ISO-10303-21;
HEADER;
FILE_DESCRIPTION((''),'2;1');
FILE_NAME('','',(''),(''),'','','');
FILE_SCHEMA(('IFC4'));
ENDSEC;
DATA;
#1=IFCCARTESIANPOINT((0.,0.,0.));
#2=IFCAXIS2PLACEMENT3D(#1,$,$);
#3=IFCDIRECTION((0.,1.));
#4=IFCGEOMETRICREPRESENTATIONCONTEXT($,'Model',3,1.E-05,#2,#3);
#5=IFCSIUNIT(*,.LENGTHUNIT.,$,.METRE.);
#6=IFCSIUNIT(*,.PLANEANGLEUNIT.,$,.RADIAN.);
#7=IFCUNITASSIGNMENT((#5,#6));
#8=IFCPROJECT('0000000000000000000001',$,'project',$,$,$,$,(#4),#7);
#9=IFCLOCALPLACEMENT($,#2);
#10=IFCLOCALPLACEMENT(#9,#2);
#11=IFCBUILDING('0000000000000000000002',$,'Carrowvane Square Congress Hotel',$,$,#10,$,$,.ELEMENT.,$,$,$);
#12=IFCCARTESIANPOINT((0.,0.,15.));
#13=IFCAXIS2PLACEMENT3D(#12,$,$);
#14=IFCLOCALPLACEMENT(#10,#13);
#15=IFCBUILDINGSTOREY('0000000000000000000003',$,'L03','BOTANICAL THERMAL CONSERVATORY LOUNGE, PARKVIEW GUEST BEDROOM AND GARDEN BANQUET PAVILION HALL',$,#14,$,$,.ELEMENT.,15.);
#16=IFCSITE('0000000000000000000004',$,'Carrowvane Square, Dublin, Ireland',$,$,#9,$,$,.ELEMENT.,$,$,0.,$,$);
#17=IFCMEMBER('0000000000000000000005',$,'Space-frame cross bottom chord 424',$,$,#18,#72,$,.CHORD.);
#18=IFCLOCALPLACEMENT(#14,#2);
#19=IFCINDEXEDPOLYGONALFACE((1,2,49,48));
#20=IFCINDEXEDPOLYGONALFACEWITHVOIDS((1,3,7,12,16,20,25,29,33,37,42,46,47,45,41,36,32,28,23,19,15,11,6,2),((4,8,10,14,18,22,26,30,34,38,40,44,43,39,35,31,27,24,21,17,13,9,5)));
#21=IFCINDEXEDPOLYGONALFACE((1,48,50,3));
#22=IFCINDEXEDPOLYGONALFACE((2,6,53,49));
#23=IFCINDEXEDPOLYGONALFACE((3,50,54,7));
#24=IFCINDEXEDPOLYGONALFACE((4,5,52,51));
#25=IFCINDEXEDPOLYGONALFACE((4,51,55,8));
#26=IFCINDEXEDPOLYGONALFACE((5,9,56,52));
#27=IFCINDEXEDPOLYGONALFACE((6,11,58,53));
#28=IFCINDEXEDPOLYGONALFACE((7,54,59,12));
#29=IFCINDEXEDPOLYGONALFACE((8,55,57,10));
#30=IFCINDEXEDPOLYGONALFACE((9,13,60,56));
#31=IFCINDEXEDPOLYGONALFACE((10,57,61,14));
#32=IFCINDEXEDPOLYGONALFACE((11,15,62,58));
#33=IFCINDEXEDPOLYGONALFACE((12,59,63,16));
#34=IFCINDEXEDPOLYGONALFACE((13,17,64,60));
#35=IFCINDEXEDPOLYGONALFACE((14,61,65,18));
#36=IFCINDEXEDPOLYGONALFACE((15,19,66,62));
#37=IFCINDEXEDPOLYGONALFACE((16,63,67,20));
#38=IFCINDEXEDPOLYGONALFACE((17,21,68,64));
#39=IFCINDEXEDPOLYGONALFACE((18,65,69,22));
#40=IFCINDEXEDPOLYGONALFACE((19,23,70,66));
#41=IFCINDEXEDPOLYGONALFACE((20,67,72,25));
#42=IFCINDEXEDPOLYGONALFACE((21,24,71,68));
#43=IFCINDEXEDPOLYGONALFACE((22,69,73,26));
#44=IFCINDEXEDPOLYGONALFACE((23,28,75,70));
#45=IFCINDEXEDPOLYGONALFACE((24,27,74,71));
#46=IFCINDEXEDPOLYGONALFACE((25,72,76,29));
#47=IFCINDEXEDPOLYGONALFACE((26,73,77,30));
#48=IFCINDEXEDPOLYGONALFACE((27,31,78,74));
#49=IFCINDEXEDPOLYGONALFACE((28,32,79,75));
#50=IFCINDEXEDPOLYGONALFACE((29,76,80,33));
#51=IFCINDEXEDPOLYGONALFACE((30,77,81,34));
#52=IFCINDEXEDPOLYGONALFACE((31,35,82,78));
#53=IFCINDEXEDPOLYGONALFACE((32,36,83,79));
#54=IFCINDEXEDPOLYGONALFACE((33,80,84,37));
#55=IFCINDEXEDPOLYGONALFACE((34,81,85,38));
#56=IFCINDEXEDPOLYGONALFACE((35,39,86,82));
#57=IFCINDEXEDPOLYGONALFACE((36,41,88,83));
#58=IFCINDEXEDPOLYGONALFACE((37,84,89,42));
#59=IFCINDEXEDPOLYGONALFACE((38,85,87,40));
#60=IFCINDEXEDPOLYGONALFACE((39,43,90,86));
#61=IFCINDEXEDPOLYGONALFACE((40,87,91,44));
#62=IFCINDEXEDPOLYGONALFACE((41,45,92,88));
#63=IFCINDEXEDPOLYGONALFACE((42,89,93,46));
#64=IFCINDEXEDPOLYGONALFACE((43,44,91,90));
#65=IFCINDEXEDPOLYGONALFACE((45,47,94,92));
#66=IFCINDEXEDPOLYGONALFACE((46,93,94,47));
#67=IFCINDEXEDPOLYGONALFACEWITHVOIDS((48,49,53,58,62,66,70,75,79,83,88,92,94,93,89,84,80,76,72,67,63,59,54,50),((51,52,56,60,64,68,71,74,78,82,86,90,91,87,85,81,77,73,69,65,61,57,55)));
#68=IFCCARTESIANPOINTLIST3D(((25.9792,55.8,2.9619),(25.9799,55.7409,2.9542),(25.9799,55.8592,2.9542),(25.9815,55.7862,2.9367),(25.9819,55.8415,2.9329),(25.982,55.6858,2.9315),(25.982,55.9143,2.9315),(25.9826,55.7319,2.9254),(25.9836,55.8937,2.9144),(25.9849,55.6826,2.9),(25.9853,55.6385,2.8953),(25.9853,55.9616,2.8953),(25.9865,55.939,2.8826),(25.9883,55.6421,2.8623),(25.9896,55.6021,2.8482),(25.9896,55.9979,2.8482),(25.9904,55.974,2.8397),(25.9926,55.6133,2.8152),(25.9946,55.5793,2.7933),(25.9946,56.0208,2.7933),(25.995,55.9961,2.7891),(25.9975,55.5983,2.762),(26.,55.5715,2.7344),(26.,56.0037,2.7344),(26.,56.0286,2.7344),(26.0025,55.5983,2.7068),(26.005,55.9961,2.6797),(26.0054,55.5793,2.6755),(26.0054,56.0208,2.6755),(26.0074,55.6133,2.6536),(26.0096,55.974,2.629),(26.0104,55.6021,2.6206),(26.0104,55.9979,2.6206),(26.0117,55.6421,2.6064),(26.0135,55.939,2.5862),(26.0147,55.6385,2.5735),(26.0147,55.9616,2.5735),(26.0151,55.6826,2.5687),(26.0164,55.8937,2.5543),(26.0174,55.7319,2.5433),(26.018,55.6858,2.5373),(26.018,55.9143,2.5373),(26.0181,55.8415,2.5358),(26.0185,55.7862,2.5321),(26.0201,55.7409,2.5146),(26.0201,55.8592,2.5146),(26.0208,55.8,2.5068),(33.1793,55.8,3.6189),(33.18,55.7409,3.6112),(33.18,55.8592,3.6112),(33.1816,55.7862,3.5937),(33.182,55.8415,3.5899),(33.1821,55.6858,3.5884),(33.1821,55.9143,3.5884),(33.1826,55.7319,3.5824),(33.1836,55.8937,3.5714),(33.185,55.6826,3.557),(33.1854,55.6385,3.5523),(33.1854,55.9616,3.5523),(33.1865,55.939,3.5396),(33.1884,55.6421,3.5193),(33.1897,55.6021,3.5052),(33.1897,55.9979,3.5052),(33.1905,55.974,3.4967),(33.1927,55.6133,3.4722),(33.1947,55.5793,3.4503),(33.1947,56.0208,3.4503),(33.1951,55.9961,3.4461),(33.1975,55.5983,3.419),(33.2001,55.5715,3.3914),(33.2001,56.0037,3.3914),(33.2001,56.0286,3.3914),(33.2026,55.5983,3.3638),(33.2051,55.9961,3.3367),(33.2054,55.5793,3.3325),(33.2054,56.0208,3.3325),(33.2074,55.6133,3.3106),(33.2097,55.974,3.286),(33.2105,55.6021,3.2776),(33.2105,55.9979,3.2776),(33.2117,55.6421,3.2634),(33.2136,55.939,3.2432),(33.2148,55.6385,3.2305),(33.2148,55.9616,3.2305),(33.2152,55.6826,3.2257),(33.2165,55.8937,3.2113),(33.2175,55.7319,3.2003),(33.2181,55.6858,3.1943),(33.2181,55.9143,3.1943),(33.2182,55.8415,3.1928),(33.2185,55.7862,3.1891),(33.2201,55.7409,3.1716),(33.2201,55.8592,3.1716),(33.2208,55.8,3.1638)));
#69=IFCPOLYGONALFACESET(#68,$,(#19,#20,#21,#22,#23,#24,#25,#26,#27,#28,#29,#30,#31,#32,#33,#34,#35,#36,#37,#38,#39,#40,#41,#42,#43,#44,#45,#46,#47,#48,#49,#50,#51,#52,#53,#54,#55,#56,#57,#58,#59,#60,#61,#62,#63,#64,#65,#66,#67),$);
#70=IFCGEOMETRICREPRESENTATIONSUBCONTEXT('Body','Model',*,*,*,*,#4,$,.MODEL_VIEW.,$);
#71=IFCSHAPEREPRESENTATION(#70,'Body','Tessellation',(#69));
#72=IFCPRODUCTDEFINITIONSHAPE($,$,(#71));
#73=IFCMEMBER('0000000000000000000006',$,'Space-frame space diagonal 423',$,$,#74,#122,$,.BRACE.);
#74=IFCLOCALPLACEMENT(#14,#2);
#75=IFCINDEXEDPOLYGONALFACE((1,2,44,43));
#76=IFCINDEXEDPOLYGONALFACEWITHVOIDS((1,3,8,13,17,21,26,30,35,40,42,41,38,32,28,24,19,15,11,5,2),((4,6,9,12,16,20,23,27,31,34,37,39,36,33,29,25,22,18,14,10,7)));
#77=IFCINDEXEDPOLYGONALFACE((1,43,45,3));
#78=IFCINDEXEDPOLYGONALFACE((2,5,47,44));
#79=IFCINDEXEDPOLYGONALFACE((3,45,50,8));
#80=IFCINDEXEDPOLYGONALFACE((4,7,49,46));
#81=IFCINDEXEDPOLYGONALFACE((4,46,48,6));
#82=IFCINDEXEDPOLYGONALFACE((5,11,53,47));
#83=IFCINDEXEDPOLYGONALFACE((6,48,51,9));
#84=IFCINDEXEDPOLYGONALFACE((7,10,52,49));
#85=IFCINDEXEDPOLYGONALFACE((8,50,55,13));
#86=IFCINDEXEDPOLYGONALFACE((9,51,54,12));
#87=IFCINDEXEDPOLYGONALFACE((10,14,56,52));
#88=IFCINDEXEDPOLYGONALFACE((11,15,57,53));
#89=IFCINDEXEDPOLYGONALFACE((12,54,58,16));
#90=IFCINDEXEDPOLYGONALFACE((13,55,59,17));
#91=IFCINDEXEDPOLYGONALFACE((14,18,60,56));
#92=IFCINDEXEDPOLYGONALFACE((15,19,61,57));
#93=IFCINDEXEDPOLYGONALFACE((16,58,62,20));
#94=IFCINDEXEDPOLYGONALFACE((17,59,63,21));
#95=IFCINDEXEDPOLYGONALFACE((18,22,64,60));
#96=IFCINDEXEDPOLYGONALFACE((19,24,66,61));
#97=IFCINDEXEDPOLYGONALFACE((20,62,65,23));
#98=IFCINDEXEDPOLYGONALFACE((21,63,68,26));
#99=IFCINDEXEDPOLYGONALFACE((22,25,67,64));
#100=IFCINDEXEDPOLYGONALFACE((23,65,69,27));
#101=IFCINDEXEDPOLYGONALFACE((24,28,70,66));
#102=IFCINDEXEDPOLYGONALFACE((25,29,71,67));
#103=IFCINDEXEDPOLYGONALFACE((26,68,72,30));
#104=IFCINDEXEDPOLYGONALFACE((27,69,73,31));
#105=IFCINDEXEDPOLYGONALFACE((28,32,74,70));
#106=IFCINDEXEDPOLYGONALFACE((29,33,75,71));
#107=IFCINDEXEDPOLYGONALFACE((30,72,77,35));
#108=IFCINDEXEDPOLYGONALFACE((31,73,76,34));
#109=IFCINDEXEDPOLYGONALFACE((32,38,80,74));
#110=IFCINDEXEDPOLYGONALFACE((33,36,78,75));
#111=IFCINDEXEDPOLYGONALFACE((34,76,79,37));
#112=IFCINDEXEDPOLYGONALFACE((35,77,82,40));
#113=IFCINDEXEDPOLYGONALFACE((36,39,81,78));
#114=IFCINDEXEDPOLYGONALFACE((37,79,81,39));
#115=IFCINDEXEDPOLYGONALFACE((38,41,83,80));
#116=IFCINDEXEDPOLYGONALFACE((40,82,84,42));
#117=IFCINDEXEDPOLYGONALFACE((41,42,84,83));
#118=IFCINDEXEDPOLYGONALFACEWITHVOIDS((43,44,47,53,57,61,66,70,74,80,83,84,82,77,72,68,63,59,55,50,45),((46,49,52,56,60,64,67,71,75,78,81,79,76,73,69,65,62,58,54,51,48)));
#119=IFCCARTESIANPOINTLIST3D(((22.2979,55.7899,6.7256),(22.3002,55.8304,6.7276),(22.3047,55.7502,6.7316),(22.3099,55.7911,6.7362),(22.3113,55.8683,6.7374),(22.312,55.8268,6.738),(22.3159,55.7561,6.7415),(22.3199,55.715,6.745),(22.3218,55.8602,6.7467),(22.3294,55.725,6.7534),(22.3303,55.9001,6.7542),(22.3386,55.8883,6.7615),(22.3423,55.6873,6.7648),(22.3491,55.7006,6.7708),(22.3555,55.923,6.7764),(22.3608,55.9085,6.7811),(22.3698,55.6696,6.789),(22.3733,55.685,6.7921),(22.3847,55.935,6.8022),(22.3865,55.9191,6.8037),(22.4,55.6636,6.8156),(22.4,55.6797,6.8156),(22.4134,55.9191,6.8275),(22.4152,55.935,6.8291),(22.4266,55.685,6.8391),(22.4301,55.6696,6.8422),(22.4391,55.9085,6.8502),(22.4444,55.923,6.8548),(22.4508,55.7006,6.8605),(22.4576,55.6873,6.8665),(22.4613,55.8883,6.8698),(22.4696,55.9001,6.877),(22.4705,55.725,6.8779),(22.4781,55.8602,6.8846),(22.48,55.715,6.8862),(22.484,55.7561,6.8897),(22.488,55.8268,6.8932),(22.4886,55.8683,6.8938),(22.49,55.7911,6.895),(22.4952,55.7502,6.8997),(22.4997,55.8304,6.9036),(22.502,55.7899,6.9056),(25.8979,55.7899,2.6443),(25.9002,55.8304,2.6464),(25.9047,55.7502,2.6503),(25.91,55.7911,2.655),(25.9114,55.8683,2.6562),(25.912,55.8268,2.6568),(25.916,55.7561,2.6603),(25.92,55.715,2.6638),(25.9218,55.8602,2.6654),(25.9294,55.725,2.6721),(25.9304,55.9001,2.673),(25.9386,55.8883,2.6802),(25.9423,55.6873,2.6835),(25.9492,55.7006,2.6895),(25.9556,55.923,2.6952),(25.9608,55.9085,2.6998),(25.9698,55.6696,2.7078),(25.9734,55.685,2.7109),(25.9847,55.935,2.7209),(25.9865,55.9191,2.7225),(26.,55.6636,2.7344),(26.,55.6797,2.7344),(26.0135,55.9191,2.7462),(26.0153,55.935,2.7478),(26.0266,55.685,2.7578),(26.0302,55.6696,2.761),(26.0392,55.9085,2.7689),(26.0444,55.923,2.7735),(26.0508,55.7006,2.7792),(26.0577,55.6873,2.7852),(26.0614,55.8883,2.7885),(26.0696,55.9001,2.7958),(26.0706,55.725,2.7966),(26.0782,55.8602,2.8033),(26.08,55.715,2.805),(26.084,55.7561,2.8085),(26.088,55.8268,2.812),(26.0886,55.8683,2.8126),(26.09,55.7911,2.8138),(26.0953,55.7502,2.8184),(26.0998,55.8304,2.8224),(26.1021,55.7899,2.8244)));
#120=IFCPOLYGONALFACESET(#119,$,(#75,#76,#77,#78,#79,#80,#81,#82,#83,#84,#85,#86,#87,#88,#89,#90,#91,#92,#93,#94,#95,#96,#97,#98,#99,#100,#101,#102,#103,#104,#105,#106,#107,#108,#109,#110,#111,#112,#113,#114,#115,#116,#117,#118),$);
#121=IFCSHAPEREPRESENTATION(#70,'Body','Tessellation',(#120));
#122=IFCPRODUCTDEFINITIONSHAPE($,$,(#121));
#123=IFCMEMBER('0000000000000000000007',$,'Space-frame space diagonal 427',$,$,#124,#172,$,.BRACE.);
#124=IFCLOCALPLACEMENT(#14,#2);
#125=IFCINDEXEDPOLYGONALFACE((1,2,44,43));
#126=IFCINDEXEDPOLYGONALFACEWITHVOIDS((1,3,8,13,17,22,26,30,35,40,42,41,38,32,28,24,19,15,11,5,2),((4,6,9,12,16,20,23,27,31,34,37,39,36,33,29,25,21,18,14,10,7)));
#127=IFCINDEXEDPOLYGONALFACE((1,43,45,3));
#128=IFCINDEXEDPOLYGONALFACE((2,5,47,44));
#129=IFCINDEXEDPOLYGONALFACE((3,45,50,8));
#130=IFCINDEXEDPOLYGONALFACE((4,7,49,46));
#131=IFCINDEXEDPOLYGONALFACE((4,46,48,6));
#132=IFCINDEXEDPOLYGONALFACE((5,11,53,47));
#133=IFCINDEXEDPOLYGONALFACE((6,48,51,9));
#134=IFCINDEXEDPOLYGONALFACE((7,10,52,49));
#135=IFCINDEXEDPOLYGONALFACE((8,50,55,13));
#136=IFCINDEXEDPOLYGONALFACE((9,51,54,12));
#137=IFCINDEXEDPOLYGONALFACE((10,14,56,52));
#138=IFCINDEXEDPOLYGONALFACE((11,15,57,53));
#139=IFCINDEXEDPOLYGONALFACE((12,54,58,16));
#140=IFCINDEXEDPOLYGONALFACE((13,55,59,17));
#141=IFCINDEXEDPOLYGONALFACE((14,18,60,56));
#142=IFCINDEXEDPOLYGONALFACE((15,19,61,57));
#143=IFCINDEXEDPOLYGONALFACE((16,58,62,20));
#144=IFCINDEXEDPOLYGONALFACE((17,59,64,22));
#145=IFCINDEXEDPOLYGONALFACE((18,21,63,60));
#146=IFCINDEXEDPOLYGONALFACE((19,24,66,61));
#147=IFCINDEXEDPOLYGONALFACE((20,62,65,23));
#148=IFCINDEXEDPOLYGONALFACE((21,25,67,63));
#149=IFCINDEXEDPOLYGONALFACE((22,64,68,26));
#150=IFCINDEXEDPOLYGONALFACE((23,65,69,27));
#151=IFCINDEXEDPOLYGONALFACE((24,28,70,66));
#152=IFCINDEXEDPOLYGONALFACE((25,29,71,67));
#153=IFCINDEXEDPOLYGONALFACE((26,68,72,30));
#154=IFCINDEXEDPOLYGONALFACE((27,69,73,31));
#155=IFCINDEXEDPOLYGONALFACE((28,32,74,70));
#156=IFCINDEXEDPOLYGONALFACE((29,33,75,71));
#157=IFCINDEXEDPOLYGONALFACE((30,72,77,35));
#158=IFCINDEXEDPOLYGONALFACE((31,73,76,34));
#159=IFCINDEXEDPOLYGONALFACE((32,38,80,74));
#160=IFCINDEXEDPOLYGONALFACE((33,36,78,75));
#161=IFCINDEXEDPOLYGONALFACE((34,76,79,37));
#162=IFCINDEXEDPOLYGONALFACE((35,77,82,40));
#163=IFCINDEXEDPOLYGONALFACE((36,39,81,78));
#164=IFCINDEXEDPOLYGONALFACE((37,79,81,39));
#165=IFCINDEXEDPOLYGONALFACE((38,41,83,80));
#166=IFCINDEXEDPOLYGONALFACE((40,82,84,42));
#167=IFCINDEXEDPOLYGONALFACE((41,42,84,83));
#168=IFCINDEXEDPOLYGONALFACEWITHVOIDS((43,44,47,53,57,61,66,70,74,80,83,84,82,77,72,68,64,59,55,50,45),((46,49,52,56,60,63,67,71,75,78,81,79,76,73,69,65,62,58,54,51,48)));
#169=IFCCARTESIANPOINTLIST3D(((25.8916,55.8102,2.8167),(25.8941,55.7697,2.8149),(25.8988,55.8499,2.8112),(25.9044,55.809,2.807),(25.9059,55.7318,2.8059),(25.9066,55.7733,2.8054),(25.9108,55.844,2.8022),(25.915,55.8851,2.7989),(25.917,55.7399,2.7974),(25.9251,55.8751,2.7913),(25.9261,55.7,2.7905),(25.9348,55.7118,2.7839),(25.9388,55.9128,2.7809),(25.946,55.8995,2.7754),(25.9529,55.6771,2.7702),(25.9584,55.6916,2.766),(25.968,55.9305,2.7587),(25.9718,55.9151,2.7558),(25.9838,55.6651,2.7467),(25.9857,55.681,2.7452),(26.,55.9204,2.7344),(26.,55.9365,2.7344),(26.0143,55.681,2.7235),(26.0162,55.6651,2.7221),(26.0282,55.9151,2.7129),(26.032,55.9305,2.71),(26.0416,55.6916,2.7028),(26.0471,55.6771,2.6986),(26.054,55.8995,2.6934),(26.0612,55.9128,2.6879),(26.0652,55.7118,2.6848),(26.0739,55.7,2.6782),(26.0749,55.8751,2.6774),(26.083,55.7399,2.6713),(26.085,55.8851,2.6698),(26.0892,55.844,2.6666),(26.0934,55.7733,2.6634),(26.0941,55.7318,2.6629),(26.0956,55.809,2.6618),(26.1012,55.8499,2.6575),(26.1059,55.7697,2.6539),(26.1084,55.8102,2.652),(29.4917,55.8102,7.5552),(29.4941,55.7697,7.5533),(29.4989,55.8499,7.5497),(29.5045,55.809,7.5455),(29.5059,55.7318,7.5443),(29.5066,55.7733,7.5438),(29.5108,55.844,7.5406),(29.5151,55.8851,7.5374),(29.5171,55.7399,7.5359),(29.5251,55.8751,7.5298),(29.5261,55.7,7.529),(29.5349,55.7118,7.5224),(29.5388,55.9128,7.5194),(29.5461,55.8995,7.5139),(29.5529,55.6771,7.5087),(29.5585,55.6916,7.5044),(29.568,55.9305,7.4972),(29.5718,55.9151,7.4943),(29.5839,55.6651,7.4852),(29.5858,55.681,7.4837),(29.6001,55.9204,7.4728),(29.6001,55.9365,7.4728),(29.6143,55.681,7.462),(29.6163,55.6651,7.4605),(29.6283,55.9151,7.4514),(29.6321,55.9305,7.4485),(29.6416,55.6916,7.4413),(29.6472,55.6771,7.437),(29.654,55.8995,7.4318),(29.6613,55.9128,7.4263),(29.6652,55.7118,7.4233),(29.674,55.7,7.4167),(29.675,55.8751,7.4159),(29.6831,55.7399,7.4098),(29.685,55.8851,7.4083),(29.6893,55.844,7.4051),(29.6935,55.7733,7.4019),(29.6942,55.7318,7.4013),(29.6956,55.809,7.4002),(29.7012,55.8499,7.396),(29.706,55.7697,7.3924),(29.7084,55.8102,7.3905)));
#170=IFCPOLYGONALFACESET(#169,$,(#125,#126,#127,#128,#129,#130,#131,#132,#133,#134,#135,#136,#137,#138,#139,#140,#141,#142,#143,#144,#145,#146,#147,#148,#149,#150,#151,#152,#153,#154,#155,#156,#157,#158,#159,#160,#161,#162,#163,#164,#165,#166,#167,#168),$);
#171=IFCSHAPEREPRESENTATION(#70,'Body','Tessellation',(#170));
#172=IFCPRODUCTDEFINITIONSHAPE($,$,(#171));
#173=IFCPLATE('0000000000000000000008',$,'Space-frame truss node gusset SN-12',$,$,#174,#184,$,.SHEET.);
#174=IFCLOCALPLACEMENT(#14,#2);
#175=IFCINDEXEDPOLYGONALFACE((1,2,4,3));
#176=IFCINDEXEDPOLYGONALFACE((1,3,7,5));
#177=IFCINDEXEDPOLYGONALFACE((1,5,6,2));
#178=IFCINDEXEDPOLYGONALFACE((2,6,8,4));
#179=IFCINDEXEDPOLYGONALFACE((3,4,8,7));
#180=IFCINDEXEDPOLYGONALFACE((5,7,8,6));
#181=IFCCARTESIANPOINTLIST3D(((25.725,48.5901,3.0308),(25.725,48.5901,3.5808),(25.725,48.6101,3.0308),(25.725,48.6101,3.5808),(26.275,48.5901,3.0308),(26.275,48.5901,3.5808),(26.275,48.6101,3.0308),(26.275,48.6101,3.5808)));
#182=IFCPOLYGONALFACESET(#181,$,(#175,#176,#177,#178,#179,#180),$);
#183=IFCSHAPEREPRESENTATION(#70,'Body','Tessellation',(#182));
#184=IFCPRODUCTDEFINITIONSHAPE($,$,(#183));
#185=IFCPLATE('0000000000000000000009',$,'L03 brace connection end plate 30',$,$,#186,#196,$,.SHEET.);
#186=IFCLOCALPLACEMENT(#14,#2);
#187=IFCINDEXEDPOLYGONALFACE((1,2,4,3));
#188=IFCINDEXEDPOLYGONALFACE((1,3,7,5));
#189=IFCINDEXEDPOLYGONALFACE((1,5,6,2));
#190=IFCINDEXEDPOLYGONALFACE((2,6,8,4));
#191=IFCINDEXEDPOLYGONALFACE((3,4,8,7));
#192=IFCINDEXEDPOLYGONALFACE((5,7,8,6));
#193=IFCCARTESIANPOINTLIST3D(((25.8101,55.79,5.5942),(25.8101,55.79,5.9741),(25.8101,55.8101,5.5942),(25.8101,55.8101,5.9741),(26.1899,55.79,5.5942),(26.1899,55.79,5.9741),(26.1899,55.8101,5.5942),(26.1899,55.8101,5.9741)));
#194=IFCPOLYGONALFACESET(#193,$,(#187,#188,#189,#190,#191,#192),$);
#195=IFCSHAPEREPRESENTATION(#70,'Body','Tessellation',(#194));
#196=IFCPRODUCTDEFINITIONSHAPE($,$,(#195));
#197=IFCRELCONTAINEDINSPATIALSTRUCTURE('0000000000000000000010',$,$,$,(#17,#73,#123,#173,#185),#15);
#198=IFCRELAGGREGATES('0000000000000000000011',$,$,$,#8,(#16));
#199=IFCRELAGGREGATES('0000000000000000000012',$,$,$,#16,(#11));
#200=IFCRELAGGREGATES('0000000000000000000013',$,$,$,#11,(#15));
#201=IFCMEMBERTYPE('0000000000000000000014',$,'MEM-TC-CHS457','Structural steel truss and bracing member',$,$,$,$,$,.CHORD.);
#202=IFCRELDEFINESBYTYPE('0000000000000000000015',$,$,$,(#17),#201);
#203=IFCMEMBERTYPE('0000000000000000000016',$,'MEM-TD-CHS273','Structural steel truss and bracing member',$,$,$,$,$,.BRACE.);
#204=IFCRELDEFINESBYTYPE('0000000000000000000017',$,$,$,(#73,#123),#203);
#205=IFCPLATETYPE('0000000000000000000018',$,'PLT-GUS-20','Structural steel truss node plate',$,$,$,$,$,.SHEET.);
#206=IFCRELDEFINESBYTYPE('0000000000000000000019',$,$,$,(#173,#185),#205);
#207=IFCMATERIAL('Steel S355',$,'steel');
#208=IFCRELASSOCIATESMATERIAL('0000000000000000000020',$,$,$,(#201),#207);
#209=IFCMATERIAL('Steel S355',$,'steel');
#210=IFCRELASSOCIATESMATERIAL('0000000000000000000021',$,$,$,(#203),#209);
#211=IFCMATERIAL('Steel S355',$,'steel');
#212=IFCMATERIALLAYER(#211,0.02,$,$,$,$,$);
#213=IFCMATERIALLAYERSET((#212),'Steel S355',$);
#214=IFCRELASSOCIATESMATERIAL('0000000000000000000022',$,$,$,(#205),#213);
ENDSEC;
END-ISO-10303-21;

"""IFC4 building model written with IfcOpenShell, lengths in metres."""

from ifc_helpers import new_model, si_unit, direction, frame, origin, origin_2d, place, context, subcontext, project, spatial, rectangle, hollow_circle, extrude, material, layer, layer_set, material_profile, profile_set, type_object, element, save


model = new_model("IFC4")

# Units and contexts
model_context = context("Model", 3, precision=1e-05, world=origin(), true_north=direction((0.0, 1.0)))
body_context = subcontext(model_context, "Body", "Model", "MODEL_VIEW")
ifc_project = project(units=[si_unit("LENGTHUNIT", "METRE"), si_unit("PLANEANGLEUNIT", "RADIAN")], contexts=[model_context])

# Site, building, storey
site_placement = place(None, origin())
site = spatial("IfcSite", under=ifc_project, at=site_placement, Name="Carrowvane Square, Dublin, Ireland", CompositionType="ELEMENT", RefElevation=0.0)
building_placement = place(site_placement, origin())
building = spatial("IfcBuilding", under=site, at=building_placement, Name="Carrowvane Square Congress Hotel", CompositionType="ELEMENT")
storey_placement = place(building_placement, frame((0.0, 0.0, 15.0)))
storey = spatial("IfcBuildingStorey", under=building, at=storey_placement, Name="L03", Description="BOTANICAL THERMAL CONSERVATORY LOUNGE, PARKVIEW GUEST BEDROOM AND GARDEN BANQUET PAVILION HALL", CompositionType="ELEMENT", Elevation=15.0)

# Members
ifc_material_1 = material(Name="Steel S355", Category="steel")
ifc_material_profile_1 = material_profile(ifc_material_1, hollow_circle(Radius=0.2285, WallThickness=0.0249, at=origin_2d()), Name="CHS 457.0x25")
ifc_profile_set_1 = profile_set([ifc_material_profile_1], Name="Steel S355")
member_type_1 = type_object("IfcMemberType", Name="MEM-TC-CHS457", Description="Structural steel truss and bracing member", PredefinedType="CHORD", material=ifc_profile_set_1)
member_1_placement = place(storey_placement, frame((26.0, 55.8, 2.7344), z_axis=(0.995863, 0.0, 0.090871), x_axis=(0.0, 1.0, 0.0)))
element("IfcMember", 1, at=member_1_placement, inside=storey, type_object=member_type_1, Name="Space-frame cross bottom chord 424", PredefinedType="CHORD", context=body_context, shape_type="SweptSolid", body=[
    extrude(hollow_circle(Radius=0.2285, WallThickness=0.0249, at=origin_2d()), origin(), (0.0, 0.0, 1.0), 7.23),
])
ifc_material_2 = material(Name="Steel S355", Category="steel")
ifc_material_profile_2 = material_profile(ifc_material_2, hollow_circle(Radius=0.1365, WallThickness=0.0161, at=origin_2d()), Name="CHS 273.0x16")
ifc_profile_set_2 = profile_set([ifc_material_profile_2], Name="Steel S355")
member_type_2 = type_object("IfcMemberType", Name="MEM-TD-CHS273", Description="Structural steel truss and bracing member", PredefinedType="BRACE", material=ifc_profile_set_2)
member_2_placement = place(storey_placement, frame((26.0, 55.8, 2.7344), z_axis=(-0.661513, 0.0, 0.749933), x_axis=(0.0, -1.0, 0.0)))
element("IfcMember", 2, at=member_2_placement, inside=storey, type_object=member_type_2, Name="Space-frame space diagonal 423", PredefinedType="BRACE", context=body_context, shape_type="SweptSolid", body=[
    extrude(hollow_circle(Radius=0.1365, WallThickness=0.0161, at=origin_2d()), origin(), (0.0, 0.0, 1.0), 5.4421),
])
member_3_placement = place(storey_placement, frame((26.0, 55.8, 2.7344), z_axis=(0.604957, 0.0, 0.796258), x_axis=(0.0, 1.0, 0.0)))
element("IfcMember", 3, at=member_3_placement, inside=storey, type_object=member_type_2, Name="Space-frame space diagonal 427", PredefinedType="BRACE", context=body_context, shape_type="SweptSolid", body=[
    extrude(hollow_circle(Radius=0.1365, WallThickness=0.0161, at=origin_2d()), origin(), (0.0, 0.0, 1.0), 5.9509),
])

# Plates
ifc_material_3 = material(Name="Steel S355", Category="steel")
ifc_layer_1 = layer(ifc_material_3, 0.02)
ifc_layer_set_1 = layer_set([ifc_layer_1], Name="Steel S355")
plate_type_1 = type_object("IfcPlateType", Name="PLT-GUS-20", Description="Structural steel truss node plate", PredefinedType="SHEET", material=ifc_layer_set_1)
plate_1_placement = place(storey_placement, frame((26.0, 48.6001, 3.0308), z_axis=(0.0, 0.0, 1.0), x_axis=(1.0, 0.0, 0.0)))
element("IfcPlate", 4, at=plate_1_placement, inside=storey, type_object=plate_type_1, Name="Space-frame truss node gusset SN-12", PredefinedType="SHEET", context=body_context, shape_type="SweptSolid", body=[
    extrude(rectangle(XDim=0.55, YDim=0.02, at=origin_2d()), origin(), (0.0, 0.0, 1.0), 0.55),
])
plate_2_placement = place(storey_placement, frame((26.0, 55.8, 5.5942), z_axis=(0.0, 0.0, 1.0), x_axis=(1.0, 0.0, 0.0)))
element("IfcPlate", 5, at=plate_2_placement, inside=storey, type_object=plate_type_1, Name="L03 brace connection end plate 30", PredefinedType="SHEET", context=body_context, shape_type="SweptSolid", body=[
    extrude(rectangle(XDim=0.3799, YDim=0.02, at=origin_2d()), origin(), (0.0, 0.0, 1.0), 0.3799),
])

save(model, "model.ifc")
